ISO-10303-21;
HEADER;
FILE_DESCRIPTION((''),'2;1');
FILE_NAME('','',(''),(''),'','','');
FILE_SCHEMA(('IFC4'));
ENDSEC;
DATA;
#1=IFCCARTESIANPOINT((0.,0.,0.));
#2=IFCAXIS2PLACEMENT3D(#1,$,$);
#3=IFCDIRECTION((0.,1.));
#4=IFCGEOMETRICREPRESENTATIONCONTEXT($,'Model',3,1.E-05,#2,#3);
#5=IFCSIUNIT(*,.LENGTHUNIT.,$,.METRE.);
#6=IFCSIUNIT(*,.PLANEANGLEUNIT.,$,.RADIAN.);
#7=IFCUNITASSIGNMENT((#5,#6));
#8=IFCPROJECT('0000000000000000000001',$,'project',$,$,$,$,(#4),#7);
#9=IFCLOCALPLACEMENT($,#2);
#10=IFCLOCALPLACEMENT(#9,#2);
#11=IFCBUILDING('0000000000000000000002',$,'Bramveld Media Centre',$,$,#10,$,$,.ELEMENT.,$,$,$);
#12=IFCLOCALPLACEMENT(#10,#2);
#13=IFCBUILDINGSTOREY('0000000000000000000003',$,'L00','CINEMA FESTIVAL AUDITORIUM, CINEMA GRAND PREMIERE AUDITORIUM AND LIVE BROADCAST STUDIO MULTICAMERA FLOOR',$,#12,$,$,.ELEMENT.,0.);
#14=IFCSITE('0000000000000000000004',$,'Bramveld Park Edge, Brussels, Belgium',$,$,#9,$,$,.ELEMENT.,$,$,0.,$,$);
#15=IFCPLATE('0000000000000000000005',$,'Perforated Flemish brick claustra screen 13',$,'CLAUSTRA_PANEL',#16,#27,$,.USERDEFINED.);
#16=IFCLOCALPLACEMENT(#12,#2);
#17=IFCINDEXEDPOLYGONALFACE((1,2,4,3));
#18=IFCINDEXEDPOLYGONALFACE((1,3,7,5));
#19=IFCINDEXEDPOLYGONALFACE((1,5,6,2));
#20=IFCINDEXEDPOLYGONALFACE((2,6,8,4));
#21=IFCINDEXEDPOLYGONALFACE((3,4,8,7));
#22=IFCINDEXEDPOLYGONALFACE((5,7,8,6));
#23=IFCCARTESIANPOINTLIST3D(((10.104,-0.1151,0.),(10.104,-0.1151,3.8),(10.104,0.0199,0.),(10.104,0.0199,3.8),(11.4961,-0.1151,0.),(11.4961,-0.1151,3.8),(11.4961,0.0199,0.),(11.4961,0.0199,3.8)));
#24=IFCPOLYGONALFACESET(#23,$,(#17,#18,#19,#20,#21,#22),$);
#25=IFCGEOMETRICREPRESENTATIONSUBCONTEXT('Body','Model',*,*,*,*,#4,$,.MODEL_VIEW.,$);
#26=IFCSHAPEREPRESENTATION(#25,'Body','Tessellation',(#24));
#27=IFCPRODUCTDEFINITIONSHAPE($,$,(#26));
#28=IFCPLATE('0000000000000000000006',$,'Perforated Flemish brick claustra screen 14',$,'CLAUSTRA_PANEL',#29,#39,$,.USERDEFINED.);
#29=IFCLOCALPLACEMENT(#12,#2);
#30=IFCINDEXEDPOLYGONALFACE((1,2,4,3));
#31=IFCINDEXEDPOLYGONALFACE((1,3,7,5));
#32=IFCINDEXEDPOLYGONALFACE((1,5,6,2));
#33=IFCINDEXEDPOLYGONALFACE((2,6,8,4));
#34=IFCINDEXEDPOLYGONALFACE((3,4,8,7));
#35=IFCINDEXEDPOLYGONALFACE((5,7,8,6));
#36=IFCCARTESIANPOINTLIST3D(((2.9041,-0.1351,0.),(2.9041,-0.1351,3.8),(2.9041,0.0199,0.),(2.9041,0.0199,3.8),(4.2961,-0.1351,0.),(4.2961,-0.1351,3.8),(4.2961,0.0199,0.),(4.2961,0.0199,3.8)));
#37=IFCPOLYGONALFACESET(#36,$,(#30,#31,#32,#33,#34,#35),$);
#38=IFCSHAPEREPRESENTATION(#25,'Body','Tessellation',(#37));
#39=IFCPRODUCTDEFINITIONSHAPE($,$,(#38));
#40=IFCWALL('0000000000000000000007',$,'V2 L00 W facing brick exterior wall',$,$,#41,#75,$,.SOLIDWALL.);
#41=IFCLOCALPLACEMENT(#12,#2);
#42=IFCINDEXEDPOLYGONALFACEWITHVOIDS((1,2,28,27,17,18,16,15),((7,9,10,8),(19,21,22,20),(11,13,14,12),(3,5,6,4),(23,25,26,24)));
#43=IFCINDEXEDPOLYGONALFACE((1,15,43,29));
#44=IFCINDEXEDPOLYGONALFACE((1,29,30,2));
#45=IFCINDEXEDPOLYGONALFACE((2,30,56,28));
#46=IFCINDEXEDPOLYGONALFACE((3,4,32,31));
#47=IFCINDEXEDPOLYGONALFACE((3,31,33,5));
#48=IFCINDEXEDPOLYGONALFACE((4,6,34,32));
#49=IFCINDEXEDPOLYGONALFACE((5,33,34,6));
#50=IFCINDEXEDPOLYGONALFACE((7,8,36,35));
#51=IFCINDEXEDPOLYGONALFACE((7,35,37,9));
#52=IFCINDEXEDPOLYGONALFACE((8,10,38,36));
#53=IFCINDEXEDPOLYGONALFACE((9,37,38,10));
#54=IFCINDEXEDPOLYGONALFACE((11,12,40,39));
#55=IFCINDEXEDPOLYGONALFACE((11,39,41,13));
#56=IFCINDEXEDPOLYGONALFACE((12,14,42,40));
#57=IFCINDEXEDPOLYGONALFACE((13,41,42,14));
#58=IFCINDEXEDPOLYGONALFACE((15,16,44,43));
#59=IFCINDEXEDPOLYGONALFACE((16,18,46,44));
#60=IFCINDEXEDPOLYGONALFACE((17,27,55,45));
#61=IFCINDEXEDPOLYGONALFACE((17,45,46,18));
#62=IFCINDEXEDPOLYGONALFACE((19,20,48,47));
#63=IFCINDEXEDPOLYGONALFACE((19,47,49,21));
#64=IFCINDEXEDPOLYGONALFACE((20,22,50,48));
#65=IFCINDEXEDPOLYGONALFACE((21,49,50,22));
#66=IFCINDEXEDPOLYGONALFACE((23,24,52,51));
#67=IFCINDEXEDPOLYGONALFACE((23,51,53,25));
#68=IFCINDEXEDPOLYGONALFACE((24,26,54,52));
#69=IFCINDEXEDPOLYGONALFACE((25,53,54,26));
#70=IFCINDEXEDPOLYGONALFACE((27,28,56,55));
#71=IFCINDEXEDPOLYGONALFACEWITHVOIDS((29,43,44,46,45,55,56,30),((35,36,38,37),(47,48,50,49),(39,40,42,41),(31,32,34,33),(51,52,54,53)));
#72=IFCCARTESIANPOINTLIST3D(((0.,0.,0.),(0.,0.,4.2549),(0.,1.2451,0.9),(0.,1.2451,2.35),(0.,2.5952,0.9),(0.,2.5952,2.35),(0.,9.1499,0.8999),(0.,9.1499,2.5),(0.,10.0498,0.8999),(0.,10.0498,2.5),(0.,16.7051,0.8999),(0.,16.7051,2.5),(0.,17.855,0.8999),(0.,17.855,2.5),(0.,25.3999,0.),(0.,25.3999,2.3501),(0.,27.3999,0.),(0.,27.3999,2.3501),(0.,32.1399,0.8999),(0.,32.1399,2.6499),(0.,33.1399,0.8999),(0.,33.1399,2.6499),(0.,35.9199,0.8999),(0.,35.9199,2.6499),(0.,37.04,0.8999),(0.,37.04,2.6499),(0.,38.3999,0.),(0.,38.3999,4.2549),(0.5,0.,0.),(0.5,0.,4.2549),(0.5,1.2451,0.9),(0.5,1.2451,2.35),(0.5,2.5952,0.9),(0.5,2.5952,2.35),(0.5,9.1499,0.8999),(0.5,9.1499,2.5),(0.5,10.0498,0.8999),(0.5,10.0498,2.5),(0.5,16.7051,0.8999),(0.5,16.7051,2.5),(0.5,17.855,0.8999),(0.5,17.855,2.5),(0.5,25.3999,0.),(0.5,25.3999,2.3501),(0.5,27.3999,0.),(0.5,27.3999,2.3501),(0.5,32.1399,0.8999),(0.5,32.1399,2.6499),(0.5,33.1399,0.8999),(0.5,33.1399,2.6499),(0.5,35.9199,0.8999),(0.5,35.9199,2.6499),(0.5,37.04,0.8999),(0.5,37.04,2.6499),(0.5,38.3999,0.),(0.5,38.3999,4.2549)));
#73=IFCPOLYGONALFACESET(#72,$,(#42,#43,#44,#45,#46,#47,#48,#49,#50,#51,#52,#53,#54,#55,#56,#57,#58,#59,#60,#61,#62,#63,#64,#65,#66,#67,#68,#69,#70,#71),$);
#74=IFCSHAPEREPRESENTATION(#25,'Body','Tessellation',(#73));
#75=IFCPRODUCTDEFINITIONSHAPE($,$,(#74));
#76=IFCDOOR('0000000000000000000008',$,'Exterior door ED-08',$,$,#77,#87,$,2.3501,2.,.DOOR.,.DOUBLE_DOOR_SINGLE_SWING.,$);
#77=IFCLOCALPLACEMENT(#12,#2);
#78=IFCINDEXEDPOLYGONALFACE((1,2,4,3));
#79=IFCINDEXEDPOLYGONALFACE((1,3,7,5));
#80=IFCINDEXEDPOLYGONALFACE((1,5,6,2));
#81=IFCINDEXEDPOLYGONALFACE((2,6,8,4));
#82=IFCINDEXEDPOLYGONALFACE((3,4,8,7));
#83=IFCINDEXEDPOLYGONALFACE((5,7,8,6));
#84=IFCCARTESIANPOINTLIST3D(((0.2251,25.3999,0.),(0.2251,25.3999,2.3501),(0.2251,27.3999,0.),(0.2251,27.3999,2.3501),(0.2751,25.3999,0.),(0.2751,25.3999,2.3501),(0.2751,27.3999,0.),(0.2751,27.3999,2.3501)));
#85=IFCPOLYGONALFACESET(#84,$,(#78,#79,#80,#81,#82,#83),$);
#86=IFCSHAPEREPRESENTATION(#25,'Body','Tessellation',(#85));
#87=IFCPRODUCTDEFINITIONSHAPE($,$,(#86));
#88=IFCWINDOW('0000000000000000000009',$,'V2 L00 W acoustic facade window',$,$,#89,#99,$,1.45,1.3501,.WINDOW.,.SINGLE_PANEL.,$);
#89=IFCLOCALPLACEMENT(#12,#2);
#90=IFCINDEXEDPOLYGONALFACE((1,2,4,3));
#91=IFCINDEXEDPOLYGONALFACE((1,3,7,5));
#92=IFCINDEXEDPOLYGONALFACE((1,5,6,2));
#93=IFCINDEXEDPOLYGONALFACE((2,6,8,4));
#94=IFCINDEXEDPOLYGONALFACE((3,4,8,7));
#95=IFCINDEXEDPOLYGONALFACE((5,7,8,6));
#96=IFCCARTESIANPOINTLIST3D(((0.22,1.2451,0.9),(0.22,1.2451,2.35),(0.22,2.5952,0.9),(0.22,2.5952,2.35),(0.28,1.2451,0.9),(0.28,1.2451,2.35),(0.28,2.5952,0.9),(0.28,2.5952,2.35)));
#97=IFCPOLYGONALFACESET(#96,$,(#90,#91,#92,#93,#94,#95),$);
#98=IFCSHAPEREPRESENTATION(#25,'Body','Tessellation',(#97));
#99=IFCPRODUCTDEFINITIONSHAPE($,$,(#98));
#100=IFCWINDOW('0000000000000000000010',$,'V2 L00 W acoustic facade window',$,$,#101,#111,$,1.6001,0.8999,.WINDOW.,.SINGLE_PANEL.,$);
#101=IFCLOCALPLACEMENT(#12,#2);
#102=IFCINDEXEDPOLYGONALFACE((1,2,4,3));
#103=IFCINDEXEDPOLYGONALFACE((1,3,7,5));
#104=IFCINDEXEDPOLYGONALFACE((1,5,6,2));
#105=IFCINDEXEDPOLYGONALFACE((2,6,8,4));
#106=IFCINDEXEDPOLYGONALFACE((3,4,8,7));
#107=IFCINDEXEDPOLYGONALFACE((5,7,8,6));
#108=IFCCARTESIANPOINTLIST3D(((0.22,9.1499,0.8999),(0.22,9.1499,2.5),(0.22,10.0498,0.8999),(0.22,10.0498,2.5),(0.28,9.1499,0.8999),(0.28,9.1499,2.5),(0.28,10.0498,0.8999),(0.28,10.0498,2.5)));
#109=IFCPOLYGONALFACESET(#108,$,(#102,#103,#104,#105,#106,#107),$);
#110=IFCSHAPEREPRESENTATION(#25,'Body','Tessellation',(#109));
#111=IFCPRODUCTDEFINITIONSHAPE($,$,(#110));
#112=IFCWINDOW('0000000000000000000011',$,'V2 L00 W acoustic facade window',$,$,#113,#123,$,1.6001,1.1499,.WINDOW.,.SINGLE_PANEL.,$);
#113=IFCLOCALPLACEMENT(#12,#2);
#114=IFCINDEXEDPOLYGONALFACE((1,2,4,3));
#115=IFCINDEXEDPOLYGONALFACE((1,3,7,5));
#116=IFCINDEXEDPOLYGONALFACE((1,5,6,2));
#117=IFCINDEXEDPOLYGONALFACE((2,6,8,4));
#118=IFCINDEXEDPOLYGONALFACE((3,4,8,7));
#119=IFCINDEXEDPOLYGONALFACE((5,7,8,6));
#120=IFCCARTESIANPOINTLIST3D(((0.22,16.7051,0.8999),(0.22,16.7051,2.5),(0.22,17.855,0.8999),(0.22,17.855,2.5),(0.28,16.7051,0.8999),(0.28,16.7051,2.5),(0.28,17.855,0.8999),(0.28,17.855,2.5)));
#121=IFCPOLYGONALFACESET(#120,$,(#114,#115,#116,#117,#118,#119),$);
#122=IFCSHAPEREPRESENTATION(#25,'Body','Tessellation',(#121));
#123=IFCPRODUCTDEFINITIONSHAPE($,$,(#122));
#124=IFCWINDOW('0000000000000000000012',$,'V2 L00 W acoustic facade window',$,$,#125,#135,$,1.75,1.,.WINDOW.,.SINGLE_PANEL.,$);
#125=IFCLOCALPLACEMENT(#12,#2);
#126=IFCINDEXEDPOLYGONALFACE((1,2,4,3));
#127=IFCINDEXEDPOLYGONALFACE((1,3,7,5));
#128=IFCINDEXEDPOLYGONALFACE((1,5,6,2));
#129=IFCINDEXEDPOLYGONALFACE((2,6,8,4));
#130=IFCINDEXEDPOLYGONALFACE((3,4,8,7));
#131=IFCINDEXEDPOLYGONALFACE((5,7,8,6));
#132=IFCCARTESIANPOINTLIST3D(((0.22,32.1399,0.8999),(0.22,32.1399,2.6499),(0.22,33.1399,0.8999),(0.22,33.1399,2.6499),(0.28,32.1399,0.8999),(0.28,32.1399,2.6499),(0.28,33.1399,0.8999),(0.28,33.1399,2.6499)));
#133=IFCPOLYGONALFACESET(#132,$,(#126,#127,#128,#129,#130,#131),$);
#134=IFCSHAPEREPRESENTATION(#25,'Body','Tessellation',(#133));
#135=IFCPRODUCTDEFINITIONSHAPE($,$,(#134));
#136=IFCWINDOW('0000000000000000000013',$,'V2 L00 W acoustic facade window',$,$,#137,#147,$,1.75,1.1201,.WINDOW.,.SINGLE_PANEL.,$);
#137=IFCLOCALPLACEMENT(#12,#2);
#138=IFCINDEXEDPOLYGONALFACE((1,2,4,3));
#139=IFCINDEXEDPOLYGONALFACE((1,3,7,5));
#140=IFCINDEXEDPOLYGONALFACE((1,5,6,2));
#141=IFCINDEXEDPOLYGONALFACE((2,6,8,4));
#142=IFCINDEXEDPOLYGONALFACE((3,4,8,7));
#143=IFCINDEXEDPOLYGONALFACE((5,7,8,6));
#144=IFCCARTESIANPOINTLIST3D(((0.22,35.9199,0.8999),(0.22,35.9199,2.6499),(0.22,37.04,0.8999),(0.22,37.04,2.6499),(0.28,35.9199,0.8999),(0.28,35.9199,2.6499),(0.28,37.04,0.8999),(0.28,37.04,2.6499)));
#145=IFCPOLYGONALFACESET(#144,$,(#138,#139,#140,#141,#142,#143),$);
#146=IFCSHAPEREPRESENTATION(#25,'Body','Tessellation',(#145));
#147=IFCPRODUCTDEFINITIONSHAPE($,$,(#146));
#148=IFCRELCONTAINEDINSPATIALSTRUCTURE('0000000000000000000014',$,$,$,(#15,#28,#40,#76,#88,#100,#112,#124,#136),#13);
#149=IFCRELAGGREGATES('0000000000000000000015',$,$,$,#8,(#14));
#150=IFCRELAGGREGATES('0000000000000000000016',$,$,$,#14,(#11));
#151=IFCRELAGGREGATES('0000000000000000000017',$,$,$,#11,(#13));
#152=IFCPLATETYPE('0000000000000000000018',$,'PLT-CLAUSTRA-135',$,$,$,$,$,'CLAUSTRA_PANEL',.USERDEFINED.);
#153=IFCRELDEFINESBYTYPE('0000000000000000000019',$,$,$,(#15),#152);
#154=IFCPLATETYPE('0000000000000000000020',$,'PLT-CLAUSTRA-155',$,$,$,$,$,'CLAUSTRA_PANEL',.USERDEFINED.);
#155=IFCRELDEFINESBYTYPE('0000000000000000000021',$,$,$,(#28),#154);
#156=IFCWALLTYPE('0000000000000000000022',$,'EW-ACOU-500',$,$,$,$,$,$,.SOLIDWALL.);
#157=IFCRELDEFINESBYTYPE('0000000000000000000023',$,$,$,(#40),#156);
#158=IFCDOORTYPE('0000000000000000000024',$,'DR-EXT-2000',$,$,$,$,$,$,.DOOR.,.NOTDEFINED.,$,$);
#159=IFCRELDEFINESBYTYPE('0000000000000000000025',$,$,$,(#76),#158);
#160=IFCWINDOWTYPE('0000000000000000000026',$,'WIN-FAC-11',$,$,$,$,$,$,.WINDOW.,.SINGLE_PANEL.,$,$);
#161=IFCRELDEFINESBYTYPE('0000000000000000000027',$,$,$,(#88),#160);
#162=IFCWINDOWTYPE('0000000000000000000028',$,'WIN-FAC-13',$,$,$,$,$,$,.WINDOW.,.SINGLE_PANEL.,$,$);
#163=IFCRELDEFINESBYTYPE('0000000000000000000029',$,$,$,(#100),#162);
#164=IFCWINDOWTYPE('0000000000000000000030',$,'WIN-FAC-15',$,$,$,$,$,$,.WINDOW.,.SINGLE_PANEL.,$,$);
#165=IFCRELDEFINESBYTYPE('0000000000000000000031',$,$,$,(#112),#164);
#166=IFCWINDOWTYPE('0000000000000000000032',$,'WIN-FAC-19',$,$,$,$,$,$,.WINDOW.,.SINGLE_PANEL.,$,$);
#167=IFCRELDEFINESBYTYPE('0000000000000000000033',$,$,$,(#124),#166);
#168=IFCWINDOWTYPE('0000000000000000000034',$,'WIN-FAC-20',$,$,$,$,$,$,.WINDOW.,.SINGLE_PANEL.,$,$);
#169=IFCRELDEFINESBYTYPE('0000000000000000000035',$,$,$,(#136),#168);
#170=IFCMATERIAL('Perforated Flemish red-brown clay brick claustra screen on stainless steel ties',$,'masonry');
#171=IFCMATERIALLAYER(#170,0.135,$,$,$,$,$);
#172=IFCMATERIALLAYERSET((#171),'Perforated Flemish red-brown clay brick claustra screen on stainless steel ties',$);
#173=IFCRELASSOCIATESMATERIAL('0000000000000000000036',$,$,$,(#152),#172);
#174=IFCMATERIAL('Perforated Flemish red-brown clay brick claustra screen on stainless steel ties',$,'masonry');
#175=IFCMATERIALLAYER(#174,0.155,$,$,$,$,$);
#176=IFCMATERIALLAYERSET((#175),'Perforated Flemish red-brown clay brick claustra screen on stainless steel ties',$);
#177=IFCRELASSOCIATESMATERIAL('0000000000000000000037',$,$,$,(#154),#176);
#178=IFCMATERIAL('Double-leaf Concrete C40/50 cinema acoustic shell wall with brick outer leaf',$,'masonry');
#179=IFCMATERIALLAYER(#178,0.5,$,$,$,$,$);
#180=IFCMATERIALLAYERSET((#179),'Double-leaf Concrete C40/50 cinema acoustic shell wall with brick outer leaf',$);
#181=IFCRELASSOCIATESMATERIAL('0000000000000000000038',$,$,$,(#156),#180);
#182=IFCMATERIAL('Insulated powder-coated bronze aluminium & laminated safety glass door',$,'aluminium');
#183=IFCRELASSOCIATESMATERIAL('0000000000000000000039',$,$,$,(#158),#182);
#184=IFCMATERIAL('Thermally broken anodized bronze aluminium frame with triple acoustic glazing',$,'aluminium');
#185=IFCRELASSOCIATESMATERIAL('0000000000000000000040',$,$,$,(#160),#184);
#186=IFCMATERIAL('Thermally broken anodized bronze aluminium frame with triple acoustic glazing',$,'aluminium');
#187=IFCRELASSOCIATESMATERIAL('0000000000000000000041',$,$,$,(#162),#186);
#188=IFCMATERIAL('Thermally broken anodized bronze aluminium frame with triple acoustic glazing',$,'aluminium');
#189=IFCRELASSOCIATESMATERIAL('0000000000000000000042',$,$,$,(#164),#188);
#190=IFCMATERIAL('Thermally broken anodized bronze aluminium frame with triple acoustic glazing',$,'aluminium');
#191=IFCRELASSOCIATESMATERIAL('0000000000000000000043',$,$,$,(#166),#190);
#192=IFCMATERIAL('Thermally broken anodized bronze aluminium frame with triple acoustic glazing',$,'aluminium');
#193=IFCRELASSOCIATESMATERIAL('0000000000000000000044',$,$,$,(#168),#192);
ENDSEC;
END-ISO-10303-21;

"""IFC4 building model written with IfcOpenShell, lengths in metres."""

from ifc_helpers import new_model, si_unit, direction, frame, frame_2d, origin, origin_2d, place, context, subcontext, project, spatial, rectangle, extrude, material, layer, layer_set, type_object, element, fill, save


model = new_model("IFC4")

# Units and contexts
model_context = context("Model", 3, precision=1e-05, world=origin(), true_north=direction((0.0, 1.0)))
body_context = subcontext(model_context, "Body", "Model", "MODEL_VIEW")
ifc_project = project(units=[si_unit("LENGTHUNIT", "METRE"), si_unit("PLANEANGLEUNIT", "RADIAN")], contexts=[model_context])

# Site, building, storey
site_placement = place(None, origin())
site = spatial("IfcSite", under=ifc_project, at=site_placement, Name="Bramveld Park Edge, Brussels, Belgium", CompositionType="ELEMENT", RefElevation=0.0)
building_placement = place(site_placement, origin())
building = spatial("IfcBuilding", under=site, at=building_placement, Name="Bramveld Media Centre", CompositionType="ELEMENT")
storey_placement = place(building_placement, origin())
storey = spatial("IfcBuildingStorey", under=building, at=storey_placement, Name="L00", Description="CINEMA FESTIVAL AUDITORIUM, CINEMA GRAND PREMIERE AUDITORIUM AND LIVE BROADCAST STUDIO MULTICAMERA FLOOR", CompositionType="ELEMENT", Elevation=0.0)

# Plates
ifc_material_1 = material(Name="Perforated Flemish red-brown clay brick claustra screen on stainless steel ties", Category="masonry")
ifc_layer_1 = layer(ifc_material_1, 0.135)
ifc_layer_set_1 = layer_set([ifc_layer_1], Name="Perforated Flemish red-brown clay brick claustra screen on stainless steel ties")
plate_type_1 = type_object("IfcPlateType", Name="PLT-CLAUSTRA-135", ElementType="CLAUSTRA_PANEL", PredefinedType="USERDEFINED", material=ifc_layer_set_1)
plate_1_placement = place(storey_placement, frame((10.8, -0.0476, 0.0), z_axis=(0.0, 0.0, 1.0), x_axis=(1.0, 0.0, 0.0)))
element("IfcPlate", 1, at=plate_1_placement, inside=storey, type_object=plate_type_1, Name="Perforated Flemish brick claustra screen 13", ObjectType="CLAUSTRA_PANEL", PredefinedType="USERDEFINED", context=body_context, shape_type="SweptSolid", body=[
    extrude(rectangle(XDim=1.3921, YDim=0.135, at=origin_2d()), origin(), (0.0, 0.0, 1.0), 3.8),
])
ifc_material_2 = material(Name="Perforated Flemish red-brown clay brick claustra screen on stainless steel ties", Category="masonry")
ifc_layer_2 = layer(ifc_material_2, 0.155)
ifc_layer_set_2 = layer_set([ifc_layer_2], Name="Perforated Flemish red-brown clay brick claustra screen on stainless steel ties")
plate_type_2 = type_object("IfcPlateType", Name="PLT-CLAUSTRA-155", ElementType="CLAUSTRA_PANEL", PredefinedType="USERDEFINED", material=ifc_layer_set_2)
plate_2_placement = place(storey_placement, frame((3.6001, -0.0576, 0.0), z_axis=(0.0, 0.0, 1.0), x_axis=(1.0, 0.0, 0.0)))
element("IfcPlate", 2, at=plate_2_placement, inside=storey, type_object=plate_type_2, Name="Perforated Flemish brick claustra screen 14", ObjectType="CLAUSTRA_PANEL", PredefinedType="USERDEFINED", context=body_context, shape_type="SweptSolid", body=[
    extrude(rectangle(XDim=1.3921, YDim=0.155, at=origin_2d()), origin(), (0.0, 0.0, 1.0), 3.8),
])

# Wall, openings, door, windows
ifc_material_3 = material(Name="Double-leaf Concrete C40/50 cinema acoustic shell wall with brick outer leaf", Category="masonry")
ifc_layer_3 = layer(ifc_material_3, 0.5)
ifc_layer_set_3 = layer_set([ifc_layer_3], Name="Double-leaf Concrete C40/50 cinema acoustic shell wall with brick outer leaf")
wall_type = type_object("IfcWallType", Name="EW-ACOU-500", PredefinedType="SOLIDWALL", material=ifc_layer_set_3)
wall_placement = place(storey_placement, frame((0.25, 0.0, 0.0), z_axis=(0.0, 0.0, 1.0), x_axis=(0.0, 1.0, 0.0)))
wall = element("IfcWall", 3, at=wall_placement, inside=storey, type_object=wall_type, Name="V2 L00 W facing brick exterior wall", PredefinedType="SOLIDWALL", context=body_context, shape_type="SweptSolid", body=[
    extrude(rectangle(XDim=38.3999, YDim=0.5, at=frame_2d((19.2, 0.0))), origin(), (0.0, 0.0, 1.0), 4.2549),
])
opening_1_placement = place(wall_placement, frame((25.3999, 0.0, 0.0)))
opening_1 = element("IfcOpeningElement", 4, at=opening_1_placement, cuts=wall, PredefinedType="OPENING", context=body_context, shape_type="SweptSolid", body=[
    extrude(rectangle(XDim=2.0, YDim=2.3501, at=frame_2d((1.0, 1.175))), frame((0.0, 0.262, 0.0), z_axis=(0.0, -1.0, 0.0), x_axis=(1.0, 0.0, 0.0)), (0.0, 0.0, 1.0), 0.5239),
])
opening_2_placement = place(wall_placement, frame((1.2451, 0.0, 0.8999)))
opening_2 = element("IfcOpeningElement", 5, at=opening_2_placement, cuts=wall, PredefinedType="OPENING", context=body_context, shape_type="SweptSolid", body=[
    extrude(rectangle(XDim=1.3501, YDim=1.45, at=frame_2d((0.675, 0.7251))), frame((0.0, 0.262, 0.0), z_axis=(0.0, -1.0, 0.0), x_axis=(1.0, 0.0, 0.0)), (0.0, 0.0, 1.0), 0.5239),
])
opening_3_placement = place(wall_placement, frame((9.1499, 0.0, 0.8999)))
opening_3 = element("IfcOpeningElement", 6, at=opening_3_placement, cuts=wall, PredefinedType="OPENING", context=body_context, shape_type="SweptSolid", body=[
    extrude(rectangle(XDim=0.8999, YDim=1.6001, at=frame_2d((0.45, 0.8))), frame((0.0, 0.262, 0.0), z_axis=(0.0, -1.0, 0.0), x_axis=(1.0, 0.0, 0.0)), (0.0, 0.0, 1.0), 0.5239),
])
opening_4_placement = place(wall_placement, frame((16.7051, 0.0, 0.8999)))
opening_4 = element("IfcOpeningElement", 7, at=opening_4_placement, cuts=wall, PredefinedType="OPENING", context=body_context, shape_type="SweptSolid", body=[
    extrude(rectangle(XDim=1.1499, YDim=1.6001, at=frame_2d((0.575, 0.8))), frame((0.0, 0.262, 0.0), z_axis=(0.0, -1.0, 0.0), x_axis=(1.0, 0.0, 0.0)), (0.0, 0.0, 1.0), 0.5239),
])
opening_5_placement = place(wall_placement, frame((32.1399, 0.0, 0.8999)))
opening_5 = element("IfcOpeningElement", 8, at=opening_5_placement, cuts=wall, PredefinedType="OPENING", context=body_context, shape_type="SweptSolid", body=[
    extrude(rectangle(XDim=1.0, YDim=1.75, at=frame_2d((0.5, 0.875))), frame((0.0, 0.262, 0.0), z_axis=(0.0, -1.0, 0.0), x_axis=(1.0, 0.0, 0.0)), (0.0, 0.0, 1.0), 0.5239),
])
opening_6_placement = place(wall_placement, frame((35.9199, 0.0, 0.8999)))
opening_6 = element("IfcOpeningElement", 9, at=opening_6_placement, cuts=wall, PredefinedType="OPENING", context=body_context, shape_type="SweptSolid", body=[
    extrude(rectangle(XDim=1.1201, YDim=1.75, at=frame_2d((0.5601, 0.875))), frame((0.0, 0.262, 0.0), z_axis=(0.0, -1.0, 0.0), x_axis=(1.0, 0.0, 0.0)), (0.0, 0.0, 1.0), 0.5239),
])
ifc_material_4 = material(Name="Insulated powder-coated bronze aluminium & laminated safety glass door", Category="aluminium")
door_type = type_object("IfcDoorType", Name="DR-EXT-2000", OperationType="NOTDEFINED", PredefinedType="DOOR", material=ifc_material_4)
door_placement = place(opening_1_placement, origin())
door = element("IfcDoor", 10, at=door_placement, inside=storey, type_object=door_type, Name="Exterior door ED-08", OperationType="DOUBLE_DOOR_SINGLE_SWING", OverallHeight=2.3501, OverallWidth=2.0, PredefinedType="DOOR", context=body_context, shape_type="SweptSolid", body=[
    extrude(rectangle(XDim=2.0, YDim=2.3501, at=frame_2d((1.0, 1.175))), frame((0.0, 0.0249, 0.0), z_axis=(0.0, -1.0, 0.0), x_axis=(1.0, 0.0, 0.0)), (0.0, 0.0, 1.0), 0.05),
])
fill(opening_1, door)
ifc_material_5 = material(Name="Thermally broken anodized bronze aluminium frame with triple acoustic glazing", Category="aluminium")
window_type_1 = type_object("IfcWindowType", Name="WIN-FAC-11", PartitioningType="SINGLE_PANEL", PredefinedType="WINDOW", material=ifc_material_5)
window_1_placement = place(opening_2_placement, origin())
window_1 = element("IfcWindow", 11, at=window_1_placement, inside=storey, type_object=window_type_1, Name="V2 L00 W acoustic facade window", OverallHeight=1.45, OverallWidth=1.3501, PartitioningType="SINGLE_PANEL", PredefinedType="WINDOW", context=body_context, shape_type="SweptSolid", body=[
    extrude(rectangle(XDim=1.3501, YDim=1.45, at=frame_2d((0.675, 0.7251))), frame((0.0, 0.03, 0.0), z_axis=(0.0, -1.0, 0.0), x_axis=(1.0, 0.0, 0.0)), (0.0, 0.0, 1.0), 0.0601),
])
fill(opening_2, window_1)
ifc_material_6 = material(Name="Thermally broken anodized bronze aluminium frame with triple acoustic glazing", Category="aluminium")
window_type_2 = type_object("IfcWindowType", Name="WIN-FAC-13", PartitioningType="SINGLE_PANEL", PredefinedType="WINDOW", material=ifc_material_6)
window_2_placement = place(opening_3_placement, origin())
window_2 = element("IfcWindow", 12, at=window_2_placement, inside=storey, type_object=window_type_2, Name="V2 L00 W acoustic facade window", OverallHeight=1.6001, OverallWidth=0.8999, PartitioningType="SINGLE_PANEL", PredefinedType="WINDOW", context=body_context, shape_type="SweptSolid", body=[
    extrude(rectangle(XDim=0.8999, YDim=1.6001, at=frame_2d((0.45, 0.8))), frame((0.0, 0.03, 0.0), z_axis=(0.0, -1.0, 0.0), x_axis=(1.0, 0.0, 0.0)), (0.0, 0.0, 1.0), 0.0601),
])
fill(opening_3, window_2)
ifc_material_7 = material(Name="Thermally broken anodized bronze aluminium frame with triple acoustic glazing", Category="aluminium")
window_type_3 = type_object("IfcWindowType", Name="WIN-FAC-15", PartitioningType="SINGLE_PANEL", PredefinedType="WINDOW", material=ifc_material_7)
window_3_placement = place(opening_4_placement, origin())
window_3 = element("IfcWindow", 13, at=window_3_placement, inside=storey, type_object=window_type_3, Name="V2 L00 W acoustic facade window", OverallHeight=1.6001, OverallWidth=1.1499, PartitioningType="SINGLE_PANEL", PredefinedType="WINDOW", context=body_context, shape_type="SweptSolid", body=[
    extrude(rectangle(XDim=1.1499, YDim=1.6001, at=frame_2d((0.575, 0.8))), frame((0.0, 0.03, 0.0), z_axis=(0.0, -1.0, 0.0), x_axis=(1.0, 0.0, 0.0)), (0.0, 0.0, 1.0), 0.0601),
])
fill(opening_4, window_3)
ifc_material_8 = material(Name="Thermally broken anodized bronze aluminium frame with triple acoustic glazing", Category="aluminium")
window_type_4 = type_object("IfcWindowType", Name="WIN-FAC-19", PartitioningType="SINGLE_PANEL", PredefinedType="WINDOW", material=ifc_material_8)
window_4_placement = place(opening_5_placement, origin())
window_4 = element("IfcWindow", 14, at=window_4_placement, inside=storey, type_object=window_type_4, Name="V2 L00 W acoustic facade window", OverallHeight=1.75, OverallWidth=1.0, PartitioningType="SINGLE_PANEL", PredefinedType="WINDOW", context=body_context, shape_type="SweptSolid", body=[
    extrude(rectangle(XDim=1.0, YDim=1.75, at=frame_2d((0.5, 0.875))), frame((0.0, 0.03, 0.0), z_axis=(0.0, -1.0, 0.0), x_axis=(1.0, 0.0, 0.0)), (0.0, 0.0, 1.0), 0.0601),
])
fill(opening_5, window_4)
ifc_material_9 = material(Name="Thermally broken anodized bronze aluminium frame with triple acoustic glazing", Category="aluminium")
window_type_5 = type_object("IfcWindowType", Name="WIN-FAC-20", PartitioningType="SINGLE_PANEL", PredefinedType="WINDOW", material=ifc_material_9)
window_5_placement = place(opening_6_placement, origin())
window_5 = element("IfcWindow", 15, at=window_5_placement, inside=storey, type_object=window_type_5, Name="V2 L00 W acoustic facade window", OverallHeight=1.75, OverallWidth=1.1201, PartitioningType="SINGLE_PANEL", PredefinedType="WINDOW", context=body_context, shape_type="SweptSolid", body=[
    extrude(rectangle(XDim=1.1201, YDim=1.75, at=frame_2d((0.5601, 0.875))), frame((0.0, 0.03, 0.0), z_axis=(0.0, -1.0, 0.0), x_axis=(1.0, 0.0, 0.0)), (0.0, 0.0, 1.0), 0.0601),
])
fill(opening_6, window_5)

save(model, "model.ifc")
